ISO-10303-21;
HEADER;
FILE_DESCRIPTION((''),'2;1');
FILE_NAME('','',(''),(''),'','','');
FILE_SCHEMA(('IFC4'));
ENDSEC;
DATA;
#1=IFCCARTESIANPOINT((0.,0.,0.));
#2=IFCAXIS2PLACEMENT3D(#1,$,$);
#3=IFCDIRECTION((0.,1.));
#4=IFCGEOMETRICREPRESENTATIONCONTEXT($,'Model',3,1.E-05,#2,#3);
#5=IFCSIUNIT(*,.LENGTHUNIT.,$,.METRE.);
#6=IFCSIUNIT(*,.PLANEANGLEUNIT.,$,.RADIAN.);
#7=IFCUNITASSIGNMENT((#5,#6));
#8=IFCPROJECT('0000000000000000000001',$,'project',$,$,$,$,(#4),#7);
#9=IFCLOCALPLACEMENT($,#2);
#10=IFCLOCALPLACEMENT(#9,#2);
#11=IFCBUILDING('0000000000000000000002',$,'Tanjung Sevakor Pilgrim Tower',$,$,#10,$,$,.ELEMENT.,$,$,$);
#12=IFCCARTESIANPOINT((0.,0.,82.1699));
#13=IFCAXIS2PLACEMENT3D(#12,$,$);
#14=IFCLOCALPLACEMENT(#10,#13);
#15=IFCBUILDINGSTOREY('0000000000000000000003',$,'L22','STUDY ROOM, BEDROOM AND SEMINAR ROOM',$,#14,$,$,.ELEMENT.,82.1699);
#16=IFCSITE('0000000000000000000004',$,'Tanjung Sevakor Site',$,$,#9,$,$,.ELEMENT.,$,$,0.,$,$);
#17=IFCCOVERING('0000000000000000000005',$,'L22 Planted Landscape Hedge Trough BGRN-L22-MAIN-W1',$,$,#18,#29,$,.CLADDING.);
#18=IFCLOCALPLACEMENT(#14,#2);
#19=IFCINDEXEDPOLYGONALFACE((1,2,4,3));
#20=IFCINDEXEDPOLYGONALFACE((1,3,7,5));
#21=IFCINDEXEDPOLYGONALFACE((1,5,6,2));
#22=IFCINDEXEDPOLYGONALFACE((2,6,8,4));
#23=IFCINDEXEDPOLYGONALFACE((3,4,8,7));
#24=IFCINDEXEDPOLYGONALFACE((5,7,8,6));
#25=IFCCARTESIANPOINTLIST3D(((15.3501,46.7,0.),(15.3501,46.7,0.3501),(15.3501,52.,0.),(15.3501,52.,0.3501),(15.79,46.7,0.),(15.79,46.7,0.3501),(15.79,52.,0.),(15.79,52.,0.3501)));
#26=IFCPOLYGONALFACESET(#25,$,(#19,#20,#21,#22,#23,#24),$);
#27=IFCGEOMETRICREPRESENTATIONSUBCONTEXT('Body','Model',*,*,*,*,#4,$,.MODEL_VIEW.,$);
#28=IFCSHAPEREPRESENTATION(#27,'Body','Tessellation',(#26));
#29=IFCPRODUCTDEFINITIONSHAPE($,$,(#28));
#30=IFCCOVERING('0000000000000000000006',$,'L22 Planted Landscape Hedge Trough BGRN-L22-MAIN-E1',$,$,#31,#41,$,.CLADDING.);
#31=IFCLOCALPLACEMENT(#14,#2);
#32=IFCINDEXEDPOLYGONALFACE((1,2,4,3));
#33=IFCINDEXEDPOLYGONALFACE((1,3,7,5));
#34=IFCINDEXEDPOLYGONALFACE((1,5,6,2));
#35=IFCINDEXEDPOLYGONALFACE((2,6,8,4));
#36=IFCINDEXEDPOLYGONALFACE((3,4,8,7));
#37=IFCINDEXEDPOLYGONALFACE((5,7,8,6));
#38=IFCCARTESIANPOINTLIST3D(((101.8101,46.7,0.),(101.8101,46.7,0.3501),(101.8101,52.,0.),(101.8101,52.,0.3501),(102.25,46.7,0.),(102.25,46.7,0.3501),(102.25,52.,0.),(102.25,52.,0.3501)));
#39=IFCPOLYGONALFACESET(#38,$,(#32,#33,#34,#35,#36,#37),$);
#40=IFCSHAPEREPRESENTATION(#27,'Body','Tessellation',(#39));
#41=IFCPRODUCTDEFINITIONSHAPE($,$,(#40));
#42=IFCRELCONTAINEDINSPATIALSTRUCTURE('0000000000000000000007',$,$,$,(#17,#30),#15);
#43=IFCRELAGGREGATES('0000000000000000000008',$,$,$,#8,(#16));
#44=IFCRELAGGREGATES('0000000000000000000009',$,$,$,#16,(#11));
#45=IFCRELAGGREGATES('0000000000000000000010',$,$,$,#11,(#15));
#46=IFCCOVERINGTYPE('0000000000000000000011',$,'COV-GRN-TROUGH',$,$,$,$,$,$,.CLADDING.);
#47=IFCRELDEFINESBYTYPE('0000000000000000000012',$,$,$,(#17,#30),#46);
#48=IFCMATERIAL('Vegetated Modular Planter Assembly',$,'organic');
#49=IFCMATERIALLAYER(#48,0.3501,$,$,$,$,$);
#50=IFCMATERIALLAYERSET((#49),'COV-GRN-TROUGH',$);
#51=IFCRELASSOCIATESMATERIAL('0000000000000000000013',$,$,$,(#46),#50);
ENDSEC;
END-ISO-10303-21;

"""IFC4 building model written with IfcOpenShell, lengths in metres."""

from ifc_helpers import new_model, si_unit, direction, frame, origin, place, context, subcontext, project, spatial, polyline, outline, extrude, material, layer, layer_set, type_object, element, save


model = new_model("IFC4")

# Units and contexts
model_context = context("Model", 3, precision=1e-05, world=origin(), true_north=direction((0.0, 1.0)))
body_context = subcontext(model_context, "Body", "Model", "MODEL_VIEW")
ifc_project = project(units=[si_unit("LENGTHUNIT", "METRE"), si_unit("PLANEANGLEUNIT", "RADIAN")], contexts=[model_context])

# Site, building, storey
site_placement = place(None, origin())
site = spatial("IfcSite", under=ifc_project, at=site_placement, Name="Tanjung Sevakor Site", CompositionType="ELEMENT", RefElevation=0.0)
building_placement = place(site_placement, origin())
building = spatial("IfcBuilding", under=site, at=building_placement, Name="Tanjung Sevakor Pilgrim Tower", CompositionType="ELEMENT")
storey_placement = place(building_placement, frame((0.0, 0.0, 82.1699)))
storey = spatial("IfcBuildingStorey", under=building, at=storey_placement, Name="L22", Description="STUDY ROOM, BEDROOM AND SEMINAR ROOM", CompositionType="ELEMENT", Elevation=82.1699)

# Coverings
ifc_material_1 = material(Name="Vegetated Modular Planter Assembly", Category="organic")
ifc_layer_1 = layer(ifc_material_1, 0.3501)
ifc_layer_set_1 = layer_set([ifc_layer_1], Name="COV-GRN-TROUGH")
covering_type = type_object("IfcCoveringType", Name="COV-GRN-TROUGH", PredefinedType="CLADDING", material=ifc_layer_set_1)
covering_1_placement = place(storey_placement, origin())
element("IfcCovering", 1, at=covering_1_placement, inside=storey, type_object=covering_type, Name="L22 Planted Landscape Hedge Trough BGRN-L22-MAIN-W1", PredefinedType="CLADDING", context=body_context, shape_type="SweptSolid", body=[
    extrude(outline(polyline([(15.79, 46.7), (15.79, 52.0), (15.3501, 52.0), (15.3501, 46.7), (15.79, 46.7)])), origin(), (0.0, 0.0, 1.0), 0.3501),
])
covering_2_placement = place(storey_placement, origin())
element("IfcCovering", 2, at=covering_2_placement, inside=storey, type_object=covering_type, Name="L22 Planted Landscape Hedge Trough BGRN-L22-MAIN-E1", PredefinedType="CLADDING", context=body_context, shape_type="SweptSolid", body=[
    extrude(outline(polyline([(102.25, 46.7), (102.25, 52.0), (101.8101, 52.0), (101.8101, 46.7), (102.25, 46.7)])), origin(), (0.0, 0.0, 1.0), 0.3501),
])

save(model, "model.ifc")
